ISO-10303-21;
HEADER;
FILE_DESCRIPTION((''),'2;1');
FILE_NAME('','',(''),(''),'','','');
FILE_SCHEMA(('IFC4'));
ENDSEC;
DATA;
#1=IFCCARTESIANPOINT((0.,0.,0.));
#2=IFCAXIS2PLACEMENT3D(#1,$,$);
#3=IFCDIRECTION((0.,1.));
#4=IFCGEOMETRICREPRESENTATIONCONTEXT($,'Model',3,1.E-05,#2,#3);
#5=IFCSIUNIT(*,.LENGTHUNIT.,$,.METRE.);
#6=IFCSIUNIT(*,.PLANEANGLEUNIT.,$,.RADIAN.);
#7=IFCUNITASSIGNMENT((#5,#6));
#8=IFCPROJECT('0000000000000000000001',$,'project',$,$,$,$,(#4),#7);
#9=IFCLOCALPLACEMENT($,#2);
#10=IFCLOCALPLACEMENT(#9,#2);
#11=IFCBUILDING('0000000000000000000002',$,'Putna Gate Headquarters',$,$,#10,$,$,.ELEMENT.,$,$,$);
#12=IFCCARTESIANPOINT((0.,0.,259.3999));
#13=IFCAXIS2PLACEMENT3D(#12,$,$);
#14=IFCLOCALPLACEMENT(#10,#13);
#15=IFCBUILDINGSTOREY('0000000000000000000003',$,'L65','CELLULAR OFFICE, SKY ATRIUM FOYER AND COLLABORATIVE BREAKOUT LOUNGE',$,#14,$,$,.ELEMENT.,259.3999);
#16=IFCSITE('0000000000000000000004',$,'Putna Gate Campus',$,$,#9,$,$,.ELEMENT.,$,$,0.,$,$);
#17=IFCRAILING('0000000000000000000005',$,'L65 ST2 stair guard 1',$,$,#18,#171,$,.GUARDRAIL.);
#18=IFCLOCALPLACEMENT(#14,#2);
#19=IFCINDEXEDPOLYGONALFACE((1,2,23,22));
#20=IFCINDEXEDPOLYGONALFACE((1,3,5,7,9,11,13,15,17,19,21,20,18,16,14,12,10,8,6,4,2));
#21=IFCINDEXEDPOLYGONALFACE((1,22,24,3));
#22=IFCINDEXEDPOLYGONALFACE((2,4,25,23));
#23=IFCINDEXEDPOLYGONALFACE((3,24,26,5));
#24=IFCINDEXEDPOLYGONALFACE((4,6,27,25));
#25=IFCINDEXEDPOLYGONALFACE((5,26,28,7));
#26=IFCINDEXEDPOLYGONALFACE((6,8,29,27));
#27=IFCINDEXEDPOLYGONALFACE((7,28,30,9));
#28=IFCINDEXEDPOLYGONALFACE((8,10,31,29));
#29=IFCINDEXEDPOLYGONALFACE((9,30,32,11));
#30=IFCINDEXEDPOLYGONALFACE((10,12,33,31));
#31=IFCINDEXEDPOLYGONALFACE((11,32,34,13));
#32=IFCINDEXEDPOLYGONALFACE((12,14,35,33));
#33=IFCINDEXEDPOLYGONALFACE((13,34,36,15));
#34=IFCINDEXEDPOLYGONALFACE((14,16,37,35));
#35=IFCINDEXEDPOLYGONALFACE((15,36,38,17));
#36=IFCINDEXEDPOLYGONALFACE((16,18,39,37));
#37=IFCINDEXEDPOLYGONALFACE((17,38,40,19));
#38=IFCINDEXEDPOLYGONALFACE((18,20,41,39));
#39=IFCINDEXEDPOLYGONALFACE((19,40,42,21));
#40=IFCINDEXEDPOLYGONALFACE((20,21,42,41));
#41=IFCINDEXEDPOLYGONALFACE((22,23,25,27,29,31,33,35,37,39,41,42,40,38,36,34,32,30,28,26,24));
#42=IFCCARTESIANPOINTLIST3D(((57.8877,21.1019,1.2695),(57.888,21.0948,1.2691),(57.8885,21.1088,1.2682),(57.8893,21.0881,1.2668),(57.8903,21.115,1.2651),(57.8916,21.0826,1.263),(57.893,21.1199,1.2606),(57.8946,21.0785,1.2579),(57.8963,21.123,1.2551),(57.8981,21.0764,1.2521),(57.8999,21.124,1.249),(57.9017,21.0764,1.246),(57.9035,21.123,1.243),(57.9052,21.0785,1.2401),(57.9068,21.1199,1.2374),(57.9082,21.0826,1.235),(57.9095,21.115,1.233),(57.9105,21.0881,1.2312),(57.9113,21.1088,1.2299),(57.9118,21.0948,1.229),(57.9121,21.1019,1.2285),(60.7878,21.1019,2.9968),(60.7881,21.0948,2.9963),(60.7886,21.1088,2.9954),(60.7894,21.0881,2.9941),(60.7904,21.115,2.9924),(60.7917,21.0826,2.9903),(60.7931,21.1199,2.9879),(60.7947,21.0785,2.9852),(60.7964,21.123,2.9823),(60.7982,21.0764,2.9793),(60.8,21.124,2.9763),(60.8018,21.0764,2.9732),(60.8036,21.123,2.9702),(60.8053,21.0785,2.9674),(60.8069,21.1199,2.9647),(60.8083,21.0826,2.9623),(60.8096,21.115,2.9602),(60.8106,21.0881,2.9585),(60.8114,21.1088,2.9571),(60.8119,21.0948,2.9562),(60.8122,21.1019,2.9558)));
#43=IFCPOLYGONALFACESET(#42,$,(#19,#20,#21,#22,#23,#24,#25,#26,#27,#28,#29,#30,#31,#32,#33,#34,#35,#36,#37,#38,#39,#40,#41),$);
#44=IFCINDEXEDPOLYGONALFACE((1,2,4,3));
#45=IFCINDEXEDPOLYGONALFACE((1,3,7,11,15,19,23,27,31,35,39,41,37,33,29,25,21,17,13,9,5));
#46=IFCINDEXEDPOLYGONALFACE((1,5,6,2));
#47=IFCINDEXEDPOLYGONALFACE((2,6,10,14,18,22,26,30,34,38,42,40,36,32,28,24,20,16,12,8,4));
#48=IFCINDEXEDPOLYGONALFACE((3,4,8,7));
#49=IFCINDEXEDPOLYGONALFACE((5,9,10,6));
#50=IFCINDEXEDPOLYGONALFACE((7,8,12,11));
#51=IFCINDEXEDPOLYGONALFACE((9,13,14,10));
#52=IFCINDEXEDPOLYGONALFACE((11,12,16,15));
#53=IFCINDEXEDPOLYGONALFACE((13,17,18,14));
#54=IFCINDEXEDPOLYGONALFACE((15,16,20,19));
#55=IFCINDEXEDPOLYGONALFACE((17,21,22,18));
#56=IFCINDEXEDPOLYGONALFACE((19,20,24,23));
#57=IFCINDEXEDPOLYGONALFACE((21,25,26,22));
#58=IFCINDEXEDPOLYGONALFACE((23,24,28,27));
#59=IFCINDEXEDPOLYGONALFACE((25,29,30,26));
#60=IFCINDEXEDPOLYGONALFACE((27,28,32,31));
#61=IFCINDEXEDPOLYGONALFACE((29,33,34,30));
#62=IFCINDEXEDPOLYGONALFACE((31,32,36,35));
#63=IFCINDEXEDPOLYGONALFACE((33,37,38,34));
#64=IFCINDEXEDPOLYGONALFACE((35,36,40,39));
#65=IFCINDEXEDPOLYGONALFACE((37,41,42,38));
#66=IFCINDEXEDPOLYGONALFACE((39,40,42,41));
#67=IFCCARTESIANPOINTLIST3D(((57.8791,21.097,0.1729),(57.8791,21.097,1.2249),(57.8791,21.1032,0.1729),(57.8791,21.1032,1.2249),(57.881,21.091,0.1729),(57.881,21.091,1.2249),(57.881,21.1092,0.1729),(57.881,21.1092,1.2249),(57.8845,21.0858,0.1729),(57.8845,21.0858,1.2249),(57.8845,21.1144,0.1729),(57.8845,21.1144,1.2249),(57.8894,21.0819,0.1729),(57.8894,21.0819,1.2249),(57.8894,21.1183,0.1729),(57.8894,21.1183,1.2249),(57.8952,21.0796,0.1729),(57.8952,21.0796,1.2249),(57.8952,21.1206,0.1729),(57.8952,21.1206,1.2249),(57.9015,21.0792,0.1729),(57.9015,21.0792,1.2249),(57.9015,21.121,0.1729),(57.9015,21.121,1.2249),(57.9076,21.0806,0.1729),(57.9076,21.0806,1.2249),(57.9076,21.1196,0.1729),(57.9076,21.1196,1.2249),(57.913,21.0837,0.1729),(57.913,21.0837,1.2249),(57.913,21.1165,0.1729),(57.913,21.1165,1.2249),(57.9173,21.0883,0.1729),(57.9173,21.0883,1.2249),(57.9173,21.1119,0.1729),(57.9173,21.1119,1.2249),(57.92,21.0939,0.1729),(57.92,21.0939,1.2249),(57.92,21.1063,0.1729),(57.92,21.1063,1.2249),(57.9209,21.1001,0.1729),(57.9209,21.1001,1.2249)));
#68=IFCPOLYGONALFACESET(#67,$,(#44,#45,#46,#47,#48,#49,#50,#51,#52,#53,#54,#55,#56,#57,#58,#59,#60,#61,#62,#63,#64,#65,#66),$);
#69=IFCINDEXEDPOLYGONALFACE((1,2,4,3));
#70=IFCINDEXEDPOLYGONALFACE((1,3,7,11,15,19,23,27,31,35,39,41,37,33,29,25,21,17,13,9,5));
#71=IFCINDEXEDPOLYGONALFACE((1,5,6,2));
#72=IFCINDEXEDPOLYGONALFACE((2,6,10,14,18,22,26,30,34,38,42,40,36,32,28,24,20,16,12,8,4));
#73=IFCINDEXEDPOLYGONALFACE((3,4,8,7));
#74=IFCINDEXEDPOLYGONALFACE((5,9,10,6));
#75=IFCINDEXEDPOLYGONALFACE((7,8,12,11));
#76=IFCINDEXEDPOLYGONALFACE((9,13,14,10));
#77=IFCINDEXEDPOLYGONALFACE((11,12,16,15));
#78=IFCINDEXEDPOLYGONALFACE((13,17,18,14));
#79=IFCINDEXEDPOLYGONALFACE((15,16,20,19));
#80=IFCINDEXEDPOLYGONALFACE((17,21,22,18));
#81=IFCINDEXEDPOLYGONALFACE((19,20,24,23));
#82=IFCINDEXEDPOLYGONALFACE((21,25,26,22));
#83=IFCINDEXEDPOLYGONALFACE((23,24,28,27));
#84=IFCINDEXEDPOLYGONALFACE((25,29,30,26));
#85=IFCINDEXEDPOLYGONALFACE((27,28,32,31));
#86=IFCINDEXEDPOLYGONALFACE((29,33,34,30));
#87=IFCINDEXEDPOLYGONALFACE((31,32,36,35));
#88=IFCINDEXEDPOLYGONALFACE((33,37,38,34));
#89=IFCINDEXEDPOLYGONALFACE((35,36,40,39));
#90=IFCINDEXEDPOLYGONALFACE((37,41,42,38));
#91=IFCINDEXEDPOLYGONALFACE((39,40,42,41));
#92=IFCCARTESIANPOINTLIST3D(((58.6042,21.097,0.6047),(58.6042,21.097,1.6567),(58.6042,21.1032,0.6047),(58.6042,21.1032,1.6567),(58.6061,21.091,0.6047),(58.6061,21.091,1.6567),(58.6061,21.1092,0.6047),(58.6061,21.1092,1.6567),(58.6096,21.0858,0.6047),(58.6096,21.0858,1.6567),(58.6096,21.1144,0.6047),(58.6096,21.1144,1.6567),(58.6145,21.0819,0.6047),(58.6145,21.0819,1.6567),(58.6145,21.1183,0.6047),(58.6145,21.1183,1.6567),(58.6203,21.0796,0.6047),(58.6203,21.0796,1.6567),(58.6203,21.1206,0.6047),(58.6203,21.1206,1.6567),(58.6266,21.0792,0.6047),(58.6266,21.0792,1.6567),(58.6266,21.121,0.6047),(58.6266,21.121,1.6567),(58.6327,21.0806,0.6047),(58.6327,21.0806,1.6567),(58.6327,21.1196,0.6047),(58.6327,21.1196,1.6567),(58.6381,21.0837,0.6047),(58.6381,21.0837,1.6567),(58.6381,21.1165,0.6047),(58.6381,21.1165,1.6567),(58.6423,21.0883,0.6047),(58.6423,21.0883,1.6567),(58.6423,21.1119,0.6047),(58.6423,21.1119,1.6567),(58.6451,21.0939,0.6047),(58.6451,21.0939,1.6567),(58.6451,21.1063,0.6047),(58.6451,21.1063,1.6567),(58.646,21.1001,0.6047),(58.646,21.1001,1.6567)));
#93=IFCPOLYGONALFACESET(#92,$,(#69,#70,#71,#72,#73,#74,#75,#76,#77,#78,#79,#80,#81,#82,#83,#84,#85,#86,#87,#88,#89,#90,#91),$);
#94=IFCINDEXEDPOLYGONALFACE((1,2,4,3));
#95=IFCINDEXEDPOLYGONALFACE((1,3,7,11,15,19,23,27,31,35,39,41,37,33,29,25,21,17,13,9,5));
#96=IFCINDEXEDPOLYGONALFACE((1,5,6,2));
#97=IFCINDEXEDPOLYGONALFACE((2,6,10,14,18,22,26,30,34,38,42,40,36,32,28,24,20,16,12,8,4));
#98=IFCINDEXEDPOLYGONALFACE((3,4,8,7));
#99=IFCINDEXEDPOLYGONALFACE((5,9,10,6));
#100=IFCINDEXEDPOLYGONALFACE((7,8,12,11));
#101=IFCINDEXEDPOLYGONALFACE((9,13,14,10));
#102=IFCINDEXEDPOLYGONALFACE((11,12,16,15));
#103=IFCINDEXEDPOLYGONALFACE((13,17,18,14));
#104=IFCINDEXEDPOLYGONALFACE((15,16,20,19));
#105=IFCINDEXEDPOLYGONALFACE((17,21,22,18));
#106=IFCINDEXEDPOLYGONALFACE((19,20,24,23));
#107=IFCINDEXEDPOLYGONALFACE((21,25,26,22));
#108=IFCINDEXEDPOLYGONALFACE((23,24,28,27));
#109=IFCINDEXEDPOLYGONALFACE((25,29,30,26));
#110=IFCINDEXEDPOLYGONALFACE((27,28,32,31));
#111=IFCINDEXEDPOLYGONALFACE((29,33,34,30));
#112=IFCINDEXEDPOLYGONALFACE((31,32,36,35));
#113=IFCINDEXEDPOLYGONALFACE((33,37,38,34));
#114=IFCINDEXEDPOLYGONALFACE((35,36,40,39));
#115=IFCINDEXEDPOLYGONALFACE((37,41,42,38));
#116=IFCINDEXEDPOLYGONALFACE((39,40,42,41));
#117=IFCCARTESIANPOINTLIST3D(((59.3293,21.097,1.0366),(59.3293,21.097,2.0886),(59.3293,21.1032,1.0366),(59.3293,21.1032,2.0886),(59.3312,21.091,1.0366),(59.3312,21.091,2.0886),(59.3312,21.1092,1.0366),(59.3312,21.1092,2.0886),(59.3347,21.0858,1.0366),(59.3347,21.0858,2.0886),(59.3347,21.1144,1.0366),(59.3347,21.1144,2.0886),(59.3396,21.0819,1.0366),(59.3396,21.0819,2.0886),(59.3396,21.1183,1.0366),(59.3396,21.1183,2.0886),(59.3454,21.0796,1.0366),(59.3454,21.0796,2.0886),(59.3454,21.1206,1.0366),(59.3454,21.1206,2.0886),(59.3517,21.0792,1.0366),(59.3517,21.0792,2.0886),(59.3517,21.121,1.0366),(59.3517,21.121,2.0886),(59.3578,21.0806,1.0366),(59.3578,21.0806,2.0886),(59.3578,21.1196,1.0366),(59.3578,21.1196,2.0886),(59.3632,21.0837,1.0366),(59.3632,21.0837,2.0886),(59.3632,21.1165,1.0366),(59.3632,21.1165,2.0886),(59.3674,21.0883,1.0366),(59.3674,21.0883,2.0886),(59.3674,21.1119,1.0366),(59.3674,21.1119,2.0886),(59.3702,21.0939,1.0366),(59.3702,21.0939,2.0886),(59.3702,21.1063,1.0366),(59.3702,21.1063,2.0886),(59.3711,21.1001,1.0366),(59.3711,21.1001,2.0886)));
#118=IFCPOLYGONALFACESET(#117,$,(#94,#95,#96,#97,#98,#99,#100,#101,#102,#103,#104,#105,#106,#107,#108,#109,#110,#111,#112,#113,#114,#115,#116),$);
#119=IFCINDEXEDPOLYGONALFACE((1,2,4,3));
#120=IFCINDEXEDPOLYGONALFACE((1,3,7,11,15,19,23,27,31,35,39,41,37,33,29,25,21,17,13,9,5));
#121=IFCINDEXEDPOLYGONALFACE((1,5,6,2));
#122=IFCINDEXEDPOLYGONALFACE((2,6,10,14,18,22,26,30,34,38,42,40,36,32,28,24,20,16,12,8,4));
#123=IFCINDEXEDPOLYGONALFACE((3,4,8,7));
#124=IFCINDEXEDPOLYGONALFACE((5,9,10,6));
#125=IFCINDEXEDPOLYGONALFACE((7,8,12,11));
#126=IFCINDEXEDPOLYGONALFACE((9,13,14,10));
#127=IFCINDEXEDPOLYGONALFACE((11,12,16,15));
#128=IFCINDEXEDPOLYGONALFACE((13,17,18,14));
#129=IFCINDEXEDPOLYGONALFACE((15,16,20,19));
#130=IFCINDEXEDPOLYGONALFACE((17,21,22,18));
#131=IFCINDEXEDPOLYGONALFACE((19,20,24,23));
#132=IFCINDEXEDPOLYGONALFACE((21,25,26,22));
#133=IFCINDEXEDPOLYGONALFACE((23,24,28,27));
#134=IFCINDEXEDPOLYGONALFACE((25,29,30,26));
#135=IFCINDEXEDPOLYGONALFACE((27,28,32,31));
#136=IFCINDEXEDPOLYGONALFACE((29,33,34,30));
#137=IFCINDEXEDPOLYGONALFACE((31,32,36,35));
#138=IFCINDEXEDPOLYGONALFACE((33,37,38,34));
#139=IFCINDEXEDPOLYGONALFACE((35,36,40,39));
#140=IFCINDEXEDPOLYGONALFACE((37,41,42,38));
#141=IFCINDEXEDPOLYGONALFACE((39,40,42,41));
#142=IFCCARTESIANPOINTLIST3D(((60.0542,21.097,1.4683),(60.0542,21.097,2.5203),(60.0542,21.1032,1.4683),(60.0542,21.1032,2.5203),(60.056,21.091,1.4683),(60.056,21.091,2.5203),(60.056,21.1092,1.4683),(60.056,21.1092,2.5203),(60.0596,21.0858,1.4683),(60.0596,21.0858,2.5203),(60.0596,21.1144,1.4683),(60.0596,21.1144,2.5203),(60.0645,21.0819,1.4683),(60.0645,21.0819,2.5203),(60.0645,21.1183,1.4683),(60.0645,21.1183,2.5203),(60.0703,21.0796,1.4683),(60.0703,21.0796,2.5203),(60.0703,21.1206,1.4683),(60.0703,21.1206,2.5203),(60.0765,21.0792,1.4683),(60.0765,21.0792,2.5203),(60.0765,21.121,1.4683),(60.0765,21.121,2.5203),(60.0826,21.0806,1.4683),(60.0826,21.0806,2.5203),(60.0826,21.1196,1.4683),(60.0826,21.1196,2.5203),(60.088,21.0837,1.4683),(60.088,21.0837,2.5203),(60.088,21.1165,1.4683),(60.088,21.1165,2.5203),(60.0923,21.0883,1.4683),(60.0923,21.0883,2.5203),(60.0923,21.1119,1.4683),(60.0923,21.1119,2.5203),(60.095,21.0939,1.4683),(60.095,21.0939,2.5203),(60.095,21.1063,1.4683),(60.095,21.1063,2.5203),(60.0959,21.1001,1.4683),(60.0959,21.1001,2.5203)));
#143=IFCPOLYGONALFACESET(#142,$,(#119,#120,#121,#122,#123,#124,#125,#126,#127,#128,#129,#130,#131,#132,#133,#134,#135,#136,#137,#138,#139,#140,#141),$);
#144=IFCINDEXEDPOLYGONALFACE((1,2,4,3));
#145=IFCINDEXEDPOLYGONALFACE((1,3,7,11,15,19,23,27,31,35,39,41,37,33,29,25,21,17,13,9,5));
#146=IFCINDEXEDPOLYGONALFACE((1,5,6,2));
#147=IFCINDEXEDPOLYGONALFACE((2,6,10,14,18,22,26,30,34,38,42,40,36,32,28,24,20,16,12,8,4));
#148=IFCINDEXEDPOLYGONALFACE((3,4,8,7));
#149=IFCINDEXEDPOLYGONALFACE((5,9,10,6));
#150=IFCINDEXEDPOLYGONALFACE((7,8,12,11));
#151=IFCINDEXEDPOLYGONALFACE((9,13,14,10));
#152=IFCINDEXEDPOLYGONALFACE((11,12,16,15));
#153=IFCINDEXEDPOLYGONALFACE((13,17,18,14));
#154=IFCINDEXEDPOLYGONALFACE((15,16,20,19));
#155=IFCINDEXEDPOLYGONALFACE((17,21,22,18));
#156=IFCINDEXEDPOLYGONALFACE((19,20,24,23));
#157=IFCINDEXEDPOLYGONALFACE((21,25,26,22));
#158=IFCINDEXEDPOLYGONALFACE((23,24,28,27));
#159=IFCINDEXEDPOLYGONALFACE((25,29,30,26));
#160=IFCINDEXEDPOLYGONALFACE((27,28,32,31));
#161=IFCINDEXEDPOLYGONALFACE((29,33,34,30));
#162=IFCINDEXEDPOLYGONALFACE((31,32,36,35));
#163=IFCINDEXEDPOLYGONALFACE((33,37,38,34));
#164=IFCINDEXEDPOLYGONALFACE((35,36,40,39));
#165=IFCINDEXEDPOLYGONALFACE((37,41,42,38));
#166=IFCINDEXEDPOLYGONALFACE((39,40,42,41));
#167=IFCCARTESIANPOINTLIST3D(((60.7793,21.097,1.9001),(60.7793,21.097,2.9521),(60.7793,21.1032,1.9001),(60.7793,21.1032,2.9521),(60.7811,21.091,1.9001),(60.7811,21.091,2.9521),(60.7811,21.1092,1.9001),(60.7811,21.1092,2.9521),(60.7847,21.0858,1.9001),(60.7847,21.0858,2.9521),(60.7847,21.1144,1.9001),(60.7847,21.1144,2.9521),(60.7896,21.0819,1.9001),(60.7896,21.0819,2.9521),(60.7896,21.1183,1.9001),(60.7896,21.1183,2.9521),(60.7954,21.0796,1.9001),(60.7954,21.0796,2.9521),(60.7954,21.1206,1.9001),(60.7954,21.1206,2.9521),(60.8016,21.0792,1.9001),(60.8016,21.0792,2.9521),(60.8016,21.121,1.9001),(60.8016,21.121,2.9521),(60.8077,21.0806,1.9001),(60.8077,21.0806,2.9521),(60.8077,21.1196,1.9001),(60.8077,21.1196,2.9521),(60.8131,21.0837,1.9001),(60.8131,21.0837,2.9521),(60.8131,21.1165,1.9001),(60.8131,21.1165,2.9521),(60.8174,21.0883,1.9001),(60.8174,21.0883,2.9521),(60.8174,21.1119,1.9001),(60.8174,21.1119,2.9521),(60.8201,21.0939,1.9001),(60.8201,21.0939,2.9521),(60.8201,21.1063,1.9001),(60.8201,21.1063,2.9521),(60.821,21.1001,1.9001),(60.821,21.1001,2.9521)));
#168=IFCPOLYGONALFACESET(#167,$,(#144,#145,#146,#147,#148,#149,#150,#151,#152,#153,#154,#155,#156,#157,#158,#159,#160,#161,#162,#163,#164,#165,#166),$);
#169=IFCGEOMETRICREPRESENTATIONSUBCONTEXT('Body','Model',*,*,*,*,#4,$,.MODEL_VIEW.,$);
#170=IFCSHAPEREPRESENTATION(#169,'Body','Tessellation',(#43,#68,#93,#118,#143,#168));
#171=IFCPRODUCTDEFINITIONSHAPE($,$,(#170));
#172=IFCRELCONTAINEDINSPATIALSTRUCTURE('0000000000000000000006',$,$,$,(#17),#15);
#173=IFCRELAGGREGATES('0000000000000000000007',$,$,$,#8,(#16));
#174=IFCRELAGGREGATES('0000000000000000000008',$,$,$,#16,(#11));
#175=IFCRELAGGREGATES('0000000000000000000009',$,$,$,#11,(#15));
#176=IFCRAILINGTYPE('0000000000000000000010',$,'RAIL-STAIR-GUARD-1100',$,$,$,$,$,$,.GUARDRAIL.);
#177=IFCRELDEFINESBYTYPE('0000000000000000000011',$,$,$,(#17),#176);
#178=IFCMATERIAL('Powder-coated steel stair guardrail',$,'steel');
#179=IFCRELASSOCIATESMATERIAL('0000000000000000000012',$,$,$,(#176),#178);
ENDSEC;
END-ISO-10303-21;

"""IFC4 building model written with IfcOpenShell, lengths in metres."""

from ifc_helpers import new_model, si_unit, direction, frame, origin, origin_2d, place, context, subcontext, project, spatial, circle, extrude, material, type_object, element, save


model = new_model("IFC4")

# Units and contexts
model_context = context("Model", 3, precision=1e-05, world=origin(), true_north=direction((0.0, 1.0)))
body_context = subcontext(model_context, "Body", "Model", "MODEL_VIEW")
ifc_project = project(units=[si_unit("LENGTHUNIT", "METRE"), si_unit("PLANEANGLEUNIT", "RADIAN")], contexts=[model_context])

# Site, building, storey
site_placement = place(None, origin())
site = spatial("IfcSite", under=ifc_project, at=site_placement, Name="Putna Gate Campus", CompositionType="ELEMENT", RefElevation=0.0)
building_placement = place(site_placement, origin())
building = spatial("IfcBuilding", under=site, at=building_placement, Name="Putna Gate Headquarters", CompositionType="ELEMENT")
storey_placement = place(building_placement, frame((0.0, 0.0, 259.3999)))
storey = spatial("IfcBuildingStorey", under=building, at=storey_placement, Name="L65", Description="CELLULAR OFFICE, SKY ATRIUM FOYER AND COLLABORATIVE BREAKOUT LOUNGE", CompositionType="ELEMENT", Elevation=259.3999)

# Railing
ifc_material_1 = material(Name="Powder-coated steel stair guardrail", Category="steel")
railing_type_1 = type_object("IfcRailingType", Name="RAIL-STAIR-GUARD-1100", PredefinedType="GUARDRAIL", material=ifc_material_1)
railing_1_placement = place(storey_placement, frame((57.8999, 21.1001, 0.1729)))
element("IfcRailing", 1, at=railing_1_placement, inside=storey, type_object=railing_type_1, Name="L65 ST2 stair guard 1", PredefinedType="GUARDRAIL", context=body_context, shape_type="SweptSolid", body=[
    extrude(circle(Radius=0.0239, at=origin_2d()), frame((0.0, 0.0, 1.0762), z_axis=(0.85916, 0.0, 0.511706), x_axis=(0.0, 1.0, 0.0)), (0.0, 0.0, 1.0), 3.3755),
    extrude(circle(Radius=0.021, at=origin_2d()), origin(), (0.0, 0.0, 1.0), 1.052),
    extrude(circle(Radius=0.021, at=origin_2d()), frame((0.7251, 0.0, 0.4319)), (0.0, 0.0, 1.0), 1.052),
    extrude(circle(Radius=0.021, at=origin_2d()), frame((1.4502, 0.0, 0.8638)), (0.0, 0.0, 1.0), 1.052),
    extrude(circle(Radius=0.021, at=origin_2d()), frame((2.175, 0.0, 1.2954)), (0.0, 0.0, 1.0), 1.052),
    extrude(circle(Radius=0.021, at=origin_2d()), frame((2.9001, 0.0, 1.7273)), (0.0, 0.0, 1.0), 1.052),
])

save(model, "model.ifc")
